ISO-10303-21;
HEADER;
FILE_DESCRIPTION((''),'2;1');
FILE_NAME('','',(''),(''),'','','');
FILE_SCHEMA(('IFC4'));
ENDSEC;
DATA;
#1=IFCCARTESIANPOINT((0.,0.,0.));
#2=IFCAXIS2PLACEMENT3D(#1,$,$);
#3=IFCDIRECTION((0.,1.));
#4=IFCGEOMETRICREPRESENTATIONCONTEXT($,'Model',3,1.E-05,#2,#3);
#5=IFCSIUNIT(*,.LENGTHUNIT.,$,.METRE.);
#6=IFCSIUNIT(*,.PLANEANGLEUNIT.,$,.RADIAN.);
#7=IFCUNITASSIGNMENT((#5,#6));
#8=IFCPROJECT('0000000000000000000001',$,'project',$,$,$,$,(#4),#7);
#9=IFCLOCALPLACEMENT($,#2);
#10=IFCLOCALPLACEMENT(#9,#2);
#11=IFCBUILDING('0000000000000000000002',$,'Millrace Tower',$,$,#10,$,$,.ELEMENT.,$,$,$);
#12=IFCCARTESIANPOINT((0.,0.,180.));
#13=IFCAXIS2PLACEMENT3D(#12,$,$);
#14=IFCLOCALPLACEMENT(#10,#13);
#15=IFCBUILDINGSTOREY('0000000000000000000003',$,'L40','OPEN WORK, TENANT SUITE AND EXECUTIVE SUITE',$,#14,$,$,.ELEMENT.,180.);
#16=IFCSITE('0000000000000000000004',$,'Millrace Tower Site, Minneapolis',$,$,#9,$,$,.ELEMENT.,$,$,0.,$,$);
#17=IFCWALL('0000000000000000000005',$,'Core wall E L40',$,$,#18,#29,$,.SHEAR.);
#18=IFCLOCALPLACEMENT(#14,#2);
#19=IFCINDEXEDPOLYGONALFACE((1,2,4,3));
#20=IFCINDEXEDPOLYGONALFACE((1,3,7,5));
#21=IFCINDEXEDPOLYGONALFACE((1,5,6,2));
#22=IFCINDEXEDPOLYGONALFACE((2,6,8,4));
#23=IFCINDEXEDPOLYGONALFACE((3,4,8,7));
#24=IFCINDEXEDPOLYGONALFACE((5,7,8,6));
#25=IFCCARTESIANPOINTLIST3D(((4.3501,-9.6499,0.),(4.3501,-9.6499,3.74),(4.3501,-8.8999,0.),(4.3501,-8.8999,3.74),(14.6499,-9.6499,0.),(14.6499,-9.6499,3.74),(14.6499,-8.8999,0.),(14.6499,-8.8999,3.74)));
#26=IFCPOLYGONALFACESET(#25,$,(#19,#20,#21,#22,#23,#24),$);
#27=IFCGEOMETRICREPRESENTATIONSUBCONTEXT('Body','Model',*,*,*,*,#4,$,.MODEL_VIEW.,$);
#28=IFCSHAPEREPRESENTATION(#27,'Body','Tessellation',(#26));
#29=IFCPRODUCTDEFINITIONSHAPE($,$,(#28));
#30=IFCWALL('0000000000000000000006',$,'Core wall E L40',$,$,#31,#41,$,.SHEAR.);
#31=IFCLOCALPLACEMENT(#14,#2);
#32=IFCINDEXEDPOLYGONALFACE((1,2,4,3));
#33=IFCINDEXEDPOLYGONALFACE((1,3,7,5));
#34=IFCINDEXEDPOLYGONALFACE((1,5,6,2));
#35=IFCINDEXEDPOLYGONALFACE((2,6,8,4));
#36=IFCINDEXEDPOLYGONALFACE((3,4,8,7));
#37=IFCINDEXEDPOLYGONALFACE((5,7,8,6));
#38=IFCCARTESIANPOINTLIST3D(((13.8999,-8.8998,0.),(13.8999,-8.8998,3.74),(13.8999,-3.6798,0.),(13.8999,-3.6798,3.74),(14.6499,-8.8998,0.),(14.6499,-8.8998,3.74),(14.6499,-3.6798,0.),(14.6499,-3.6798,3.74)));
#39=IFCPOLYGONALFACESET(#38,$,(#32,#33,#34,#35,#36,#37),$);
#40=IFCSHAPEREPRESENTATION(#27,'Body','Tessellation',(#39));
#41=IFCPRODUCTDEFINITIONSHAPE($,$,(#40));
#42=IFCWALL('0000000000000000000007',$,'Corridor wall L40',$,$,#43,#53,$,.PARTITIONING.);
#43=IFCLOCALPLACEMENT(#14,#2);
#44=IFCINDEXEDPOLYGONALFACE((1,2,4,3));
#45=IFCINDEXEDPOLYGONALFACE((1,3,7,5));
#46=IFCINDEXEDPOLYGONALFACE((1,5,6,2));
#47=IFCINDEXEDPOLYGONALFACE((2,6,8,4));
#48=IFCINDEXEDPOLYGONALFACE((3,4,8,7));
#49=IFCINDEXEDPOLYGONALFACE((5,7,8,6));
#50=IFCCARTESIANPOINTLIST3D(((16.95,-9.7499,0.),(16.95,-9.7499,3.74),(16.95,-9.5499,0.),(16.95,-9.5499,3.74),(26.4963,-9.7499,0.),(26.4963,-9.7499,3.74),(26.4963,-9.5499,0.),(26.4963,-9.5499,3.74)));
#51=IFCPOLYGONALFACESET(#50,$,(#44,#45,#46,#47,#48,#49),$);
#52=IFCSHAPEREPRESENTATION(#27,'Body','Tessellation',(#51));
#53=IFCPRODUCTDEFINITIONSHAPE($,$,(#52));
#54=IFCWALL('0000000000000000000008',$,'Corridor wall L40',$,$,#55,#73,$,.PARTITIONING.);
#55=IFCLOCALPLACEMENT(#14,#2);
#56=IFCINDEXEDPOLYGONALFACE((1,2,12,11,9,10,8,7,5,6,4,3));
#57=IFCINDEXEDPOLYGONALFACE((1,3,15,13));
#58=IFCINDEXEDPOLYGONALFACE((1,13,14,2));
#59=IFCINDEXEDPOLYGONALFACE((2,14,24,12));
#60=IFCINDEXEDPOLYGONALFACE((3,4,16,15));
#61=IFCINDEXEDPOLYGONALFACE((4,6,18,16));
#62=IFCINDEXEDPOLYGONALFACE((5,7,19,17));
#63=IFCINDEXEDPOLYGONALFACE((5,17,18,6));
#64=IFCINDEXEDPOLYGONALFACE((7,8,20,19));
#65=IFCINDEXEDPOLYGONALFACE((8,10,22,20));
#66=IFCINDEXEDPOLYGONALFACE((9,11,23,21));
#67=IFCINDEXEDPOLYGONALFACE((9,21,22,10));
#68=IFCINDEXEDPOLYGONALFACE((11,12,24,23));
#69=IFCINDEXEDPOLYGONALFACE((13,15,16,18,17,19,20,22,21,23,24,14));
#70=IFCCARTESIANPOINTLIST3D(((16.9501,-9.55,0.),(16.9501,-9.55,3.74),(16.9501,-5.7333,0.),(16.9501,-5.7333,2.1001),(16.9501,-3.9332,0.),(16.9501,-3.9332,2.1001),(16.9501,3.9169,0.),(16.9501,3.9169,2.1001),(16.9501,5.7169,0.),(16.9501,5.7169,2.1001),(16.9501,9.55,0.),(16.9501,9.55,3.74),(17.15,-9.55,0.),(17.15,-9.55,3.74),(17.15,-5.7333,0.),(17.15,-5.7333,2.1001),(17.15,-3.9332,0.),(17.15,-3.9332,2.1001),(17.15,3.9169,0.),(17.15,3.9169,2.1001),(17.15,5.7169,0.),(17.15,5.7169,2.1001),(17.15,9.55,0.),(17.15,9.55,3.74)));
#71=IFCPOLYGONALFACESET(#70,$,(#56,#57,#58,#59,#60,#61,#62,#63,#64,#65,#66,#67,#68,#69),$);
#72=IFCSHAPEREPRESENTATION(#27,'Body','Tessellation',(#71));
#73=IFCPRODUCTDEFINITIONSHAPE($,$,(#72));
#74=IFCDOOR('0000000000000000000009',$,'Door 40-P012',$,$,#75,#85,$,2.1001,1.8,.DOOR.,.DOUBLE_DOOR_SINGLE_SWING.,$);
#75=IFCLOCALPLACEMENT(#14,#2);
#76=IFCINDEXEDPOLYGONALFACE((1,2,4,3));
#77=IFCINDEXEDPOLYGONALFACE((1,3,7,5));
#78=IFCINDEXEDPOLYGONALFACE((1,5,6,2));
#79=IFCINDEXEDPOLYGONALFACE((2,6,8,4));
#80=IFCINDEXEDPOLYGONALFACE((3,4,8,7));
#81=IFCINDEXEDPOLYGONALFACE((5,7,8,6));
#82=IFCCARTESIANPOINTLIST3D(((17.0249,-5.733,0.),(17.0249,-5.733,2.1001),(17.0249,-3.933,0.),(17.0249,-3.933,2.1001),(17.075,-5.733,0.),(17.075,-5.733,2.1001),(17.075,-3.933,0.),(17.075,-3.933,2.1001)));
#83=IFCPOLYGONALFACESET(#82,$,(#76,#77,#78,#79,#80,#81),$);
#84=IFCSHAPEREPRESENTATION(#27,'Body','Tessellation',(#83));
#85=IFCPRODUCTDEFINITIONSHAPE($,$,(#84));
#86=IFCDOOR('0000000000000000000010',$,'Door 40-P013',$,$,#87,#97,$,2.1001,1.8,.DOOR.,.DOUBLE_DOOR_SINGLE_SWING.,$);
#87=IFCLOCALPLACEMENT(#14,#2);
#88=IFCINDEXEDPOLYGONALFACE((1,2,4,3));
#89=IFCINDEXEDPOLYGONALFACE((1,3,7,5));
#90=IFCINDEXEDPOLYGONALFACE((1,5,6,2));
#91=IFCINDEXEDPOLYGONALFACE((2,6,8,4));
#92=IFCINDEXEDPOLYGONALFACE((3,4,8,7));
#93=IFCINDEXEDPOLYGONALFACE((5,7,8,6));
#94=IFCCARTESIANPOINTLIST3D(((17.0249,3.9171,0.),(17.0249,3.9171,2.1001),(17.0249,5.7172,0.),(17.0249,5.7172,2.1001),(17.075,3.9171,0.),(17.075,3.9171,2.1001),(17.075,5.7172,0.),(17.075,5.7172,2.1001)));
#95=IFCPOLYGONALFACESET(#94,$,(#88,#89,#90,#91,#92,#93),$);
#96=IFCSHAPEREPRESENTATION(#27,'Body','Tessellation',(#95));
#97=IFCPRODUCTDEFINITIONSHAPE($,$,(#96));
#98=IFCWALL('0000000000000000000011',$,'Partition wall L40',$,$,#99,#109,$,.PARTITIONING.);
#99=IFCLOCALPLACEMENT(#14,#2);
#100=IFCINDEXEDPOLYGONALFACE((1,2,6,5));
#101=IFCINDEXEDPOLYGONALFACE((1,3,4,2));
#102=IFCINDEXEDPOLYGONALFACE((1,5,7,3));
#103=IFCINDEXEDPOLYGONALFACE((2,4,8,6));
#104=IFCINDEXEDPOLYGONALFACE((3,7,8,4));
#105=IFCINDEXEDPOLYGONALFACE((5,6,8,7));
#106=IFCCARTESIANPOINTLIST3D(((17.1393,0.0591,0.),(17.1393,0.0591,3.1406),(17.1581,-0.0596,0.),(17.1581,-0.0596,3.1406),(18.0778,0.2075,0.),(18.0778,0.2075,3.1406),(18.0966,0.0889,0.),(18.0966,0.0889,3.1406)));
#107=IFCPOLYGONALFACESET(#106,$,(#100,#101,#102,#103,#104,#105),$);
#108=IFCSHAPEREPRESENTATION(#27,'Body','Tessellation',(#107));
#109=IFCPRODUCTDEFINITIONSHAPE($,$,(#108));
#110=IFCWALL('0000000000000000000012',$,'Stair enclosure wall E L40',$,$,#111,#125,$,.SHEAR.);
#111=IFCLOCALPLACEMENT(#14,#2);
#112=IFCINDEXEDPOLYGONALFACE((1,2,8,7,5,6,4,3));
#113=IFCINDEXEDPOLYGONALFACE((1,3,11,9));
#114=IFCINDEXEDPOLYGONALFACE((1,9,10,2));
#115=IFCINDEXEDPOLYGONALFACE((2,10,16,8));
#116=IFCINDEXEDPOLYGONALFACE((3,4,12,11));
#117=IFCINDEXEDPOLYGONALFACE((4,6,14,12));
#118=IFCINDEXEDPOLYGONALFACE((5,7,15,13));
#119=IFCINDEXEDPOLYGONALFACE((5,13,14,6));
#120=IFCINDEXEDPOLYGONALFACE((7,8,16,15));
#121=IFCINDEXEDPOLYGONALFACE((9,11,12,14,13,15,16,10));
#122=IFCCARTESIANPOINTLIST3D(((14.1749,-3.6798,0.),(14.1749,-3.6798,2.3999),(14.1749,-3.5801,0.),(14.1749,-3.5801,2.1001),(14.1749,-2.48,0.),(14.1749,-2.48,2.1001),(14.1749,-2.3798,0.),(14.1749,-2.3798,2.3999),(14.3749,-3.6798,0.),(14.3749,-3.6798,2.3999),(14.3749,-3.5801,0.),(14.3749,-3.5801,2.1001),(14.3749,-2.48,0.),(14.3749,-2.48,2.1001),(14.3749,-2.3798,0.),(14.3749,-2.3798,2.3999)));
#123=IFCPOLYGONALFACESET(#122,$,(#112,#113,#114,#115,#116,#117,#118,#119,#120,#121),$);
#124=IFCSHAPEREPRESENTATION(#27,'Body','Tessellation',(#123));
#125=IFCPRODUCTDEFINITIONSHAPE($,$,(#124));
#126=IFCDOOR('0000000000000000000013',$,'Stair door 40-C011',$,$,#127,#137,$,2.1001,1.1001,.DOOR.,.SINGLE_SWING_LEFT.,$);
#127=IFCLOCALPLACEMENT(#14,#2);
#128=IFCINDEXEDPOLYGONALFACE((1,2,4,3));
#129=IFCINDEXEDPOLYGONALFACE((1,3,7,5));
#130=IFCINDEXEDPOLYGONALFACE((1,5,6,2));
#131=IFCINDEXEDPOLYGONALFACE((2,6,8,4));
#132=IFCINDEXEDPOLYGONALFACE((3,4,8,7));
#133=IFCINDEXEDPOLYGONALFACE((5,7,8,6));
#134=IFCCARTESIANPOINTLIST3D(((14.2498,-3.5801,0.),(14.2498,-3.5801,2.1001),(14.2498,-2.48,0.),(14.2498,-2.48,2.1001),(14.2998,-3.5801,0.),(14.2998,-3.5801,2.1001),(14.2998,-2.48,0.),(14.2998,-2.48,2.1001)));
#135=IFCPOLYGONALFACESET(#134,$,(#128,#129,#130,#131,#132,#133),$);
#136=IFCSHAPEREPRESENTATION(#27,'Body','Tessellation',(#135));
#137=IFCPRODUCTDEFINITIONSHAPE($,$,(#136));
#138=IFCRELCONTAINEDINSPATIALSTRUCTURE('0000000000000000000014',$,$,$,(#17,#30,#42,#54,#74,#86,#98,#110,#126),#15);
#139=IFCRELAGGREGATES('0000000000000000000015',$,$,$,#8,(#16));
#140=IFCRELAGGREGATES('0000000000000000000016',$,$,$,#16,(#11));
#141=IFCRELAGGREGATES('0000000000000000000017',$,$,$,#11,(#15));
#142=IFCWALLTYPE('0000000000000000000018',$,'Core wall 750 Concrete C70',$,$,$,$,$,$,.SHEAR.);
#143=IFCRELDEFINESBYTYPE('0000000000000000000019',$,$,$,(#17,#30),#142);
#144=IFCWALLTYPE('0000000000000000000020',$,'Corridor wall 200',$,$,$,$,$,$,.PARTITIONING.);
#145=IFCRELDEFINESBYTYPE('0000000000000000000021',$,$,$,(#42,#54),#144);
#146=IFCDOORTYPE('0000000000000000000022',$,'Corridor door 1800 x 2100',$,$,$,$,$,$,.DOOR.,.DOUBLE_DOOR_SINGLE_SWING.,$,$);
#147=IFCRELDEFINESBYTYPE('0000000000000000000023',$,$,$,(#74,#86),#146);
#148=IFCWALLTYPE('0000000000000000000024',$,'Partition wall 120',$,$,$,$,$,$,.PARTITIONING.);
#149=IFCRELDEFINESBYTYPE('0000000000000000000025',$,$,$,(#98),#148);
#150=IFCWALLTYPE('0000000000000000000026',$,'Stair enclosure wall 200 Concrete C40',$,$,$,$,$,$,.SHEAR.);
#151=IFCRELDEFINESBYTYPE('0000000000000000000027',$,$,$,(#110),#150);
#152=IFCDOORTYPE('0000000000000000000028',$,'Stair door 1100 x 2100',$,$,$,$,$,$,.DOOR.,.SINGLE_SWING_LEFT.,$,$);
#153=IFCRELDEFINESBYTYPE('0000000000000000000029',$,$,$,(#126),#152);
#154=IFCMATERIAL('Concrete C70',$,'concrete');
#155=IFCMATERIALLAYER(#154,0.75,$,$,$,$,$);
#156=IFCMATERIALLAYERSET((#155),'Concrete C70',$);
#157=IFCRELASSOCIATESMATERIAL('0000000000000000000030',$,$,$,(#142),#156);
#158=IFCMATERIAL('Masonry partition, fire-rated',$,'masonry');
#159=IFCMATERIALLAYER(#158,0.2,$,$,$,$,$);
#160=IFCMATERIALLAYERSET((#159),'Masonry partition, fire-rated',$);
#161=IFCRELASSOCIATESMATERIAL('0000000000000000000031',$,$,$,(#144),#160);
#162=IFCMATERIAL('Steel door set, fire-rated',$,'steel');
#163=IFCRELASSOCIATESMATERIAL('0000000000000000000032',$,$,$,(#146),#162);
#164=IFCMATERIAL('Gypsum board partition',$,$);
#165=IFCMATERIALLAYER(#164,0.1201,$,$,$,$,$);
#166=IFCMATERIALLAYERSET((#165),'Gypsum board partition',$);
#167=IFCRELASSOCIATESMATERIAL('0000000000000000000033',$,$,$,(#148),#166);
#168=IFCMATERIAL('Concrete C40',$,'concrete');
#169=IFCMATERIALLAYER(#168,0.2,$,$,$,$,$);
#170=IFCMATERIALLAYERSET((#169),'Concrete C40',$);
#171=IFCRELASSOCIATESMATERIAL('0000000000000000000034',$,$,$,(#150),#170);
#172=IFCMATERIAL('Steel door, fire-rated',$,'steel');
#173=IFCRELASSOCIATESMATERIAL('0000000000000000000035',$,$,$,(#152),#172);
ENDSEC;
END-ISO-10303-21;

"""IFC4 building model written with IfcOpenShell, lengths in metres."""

from ifc_helpers import new_model, si_unit, direction, frame, frame_2d, origin, place, context, subcontext, project, spatial, rectangle, extrude, material, layer, layer_set, type_object, element, fill, save


model = new_model("IFC4")

# Units and contexts
model_context = context("Model", 3, precision=1e-05, world=origin(), true_north=direction((0.0, 1.0)))
body_context = subcontext(model_context, "Body", "Model", "MODEL_VIEW")
ifc_project = project(units=[si_unit("LENGTHUNIT", "METRE"), si_unit("PLANEANGLEUNIT", "RADIAN")], contexts=[model_context])

# Site, building, storey
site_placement = place(None, origin())
site = spatial("IfcSite", under=ifc_project, at=site_placement, Name="Millrace Tower Site, Minneapolis", CompositionType="ELEMENT", RefElevation=0.0)
building_placement = place(site_placement, origin())
building = spatial("IfcBuilding", under=site, at=building_placement, Name="Millrace Tower", CompositionType="ELEMENT")
storey_placement = place(building_placement, frame((0.0, 0.0, 180.0)))
storey = spatial("IfcBuildingStorey", under=building, at=storey_placement, Name="L40", Description="OPEN WORK, TENANT SUITE AND EXECUTIVE SUITE", CompositionType="ELEMENT", Elevation=180.0)

# Walls
ifc_material_1 = material(Name="Concrete C70", Category="concrete")
ifc_layer_1 = layer(ifc_material_1, 0.75)
ifc_layer_set_1 = layer_set([ifc_layer_1], Name="Concrete C70")
wall_type_1 = type_object("IfcWallType", Name="Core wall 750 Concrete C70", PredefinedType="SHEAR", material=ifc_layer_set_1)
wall_1_placement = place(storey_placement, frame((14.6499, -9.2749, 0.0), z_axis=(0.0, 0.0, 1.0), x_axis=(-1.0, 0.0, 0.0)))
element("IfcWall", 1, at=wall_1_placement, inside=storey, type_object=wall_type_1, Name="Core wall E L40", PredefinedType="SHEAR", context=body_context, shape_type="SweptSolid", body=[
    extrude(rectangle(XDim=10.2998, YDim=0.75, at=frame_2d((5.1499, 0.0))), origin(), (0.0, 0.0, 1.0), 3.74),
])
wall_2_placement = place(storey_placement, frame((14.2749, -3.6799, 0.0), z_axis=(0.0, 0.0, 1.0), x_axis=(0.0, -1.0, 0.0)))
element("IfcWall", 2, at=wall_2_placement, inside=storey, type_object=wall_type_1, Name="Core wall E L40", PredefinedType="SHEAR", context=body_context, shape_type="SweptSolid", body=[
    extrude(rectangle(XDim=5.22, YDim=0.75, at=frame_2d((2.6099, 0.0))), origin(), (0.0, 0.0, 1.0), 3.74),
])
ifc_material_2 = material(Name="Masonry partition, fire-rated", Category="masonry")
ifc_layer_2 = layer(ifc_material_2, 0.2)
ifc_layer_set_2 = layer_set([ifc_layer_2], Name="Masonry partition, fire-rated")
wall_type_2 = type_object("IfcWallType", Name="Corridor wall 200", PredefinedType="PARTITIONING", material=ifc_layer_set_2)
wall_3_placement = place(storey_placement, frame((16.95, -9.6499, 0.0), z_axis=(0.0, 0.0, 1.0), x_axis=(1.0, 0.0, 0.0)))
element("IfcWall", 3, at=wall_3_placement, inside=storey, type_object=wall_type_2, Name="Corridor wall L40", PredefinedType="PARTITIONING", context=body_context, shape_type="SweptSolid", body=[
    extrude(rectangle(XDim=9.5464, YDim=0.2, at=frame_2d((4.7732, 0.0))), origin(), (0.0, 0.0, 1.0), 3.74),
])

# Wall, openings, doors
wall_4_placement = place(storey_placement, frame((17.05, -9.55, 0.0), z_axis=(0.0, 0.0, 1.0), x_axis=(0.0, 1.0, 0.0)))
wall_4 = element("IfcWall", 4, at=wall_4_placement, inside=storey, type_object=wall_type_2, Name="Corridor wall L40", PredefinedType="PARTITIONING", context=body_context, shape_type="SweptSolid", body=[
    extrude(rectangle(XDim=19.1001, YDim=0.2, at=frame_2d((9.55, 0.0))), origin(), (0.0, 0.0, 1.0), 3.74),
])
opening_1_placement = place(wall_4_placement, frame((3.8169, 0.0, 0.0)))
opening_1 = element("IfcOpeningElement", 5, at=opening_1_placement, cuts=wall_4, PredefinedType="OPENING", context=body_context, shape_type="SweptSolid", body=[
    extrude(rectangle(XDim=1.8, YDim=2.1001, at=frame_2d((0.8999, 1.05))), frame((0.0, 0.1099, 0.0), z_axis=(0.0, -1.0, 0.0), x_axis=(1.0, 0.0, 0.0)), (0.0, 0.0, 1.0), 0.22),
])
opening_2_placement = place(wall_4_placement, frame((13.467, 0.0, 0.0)))
opening_2 = element("IfcOpeningElement", 6, at=opening_2_placement, cuts=wall_4, PredefinedType="OPENING", context=body_context, shape_type="SweptSolid", body=[
    extrude(rectangle(XDim=1.8, YDim=2.1001, at=frame_2d((0.8999, 1.05))), frame((0.0, 0.1099, 0.0), z_axis=(0.0, -1.0, 0.0), x_axis=(1.0, 0.0, 0.0)), (0.0, 0.0, 1.0), 0.22),
])
ifc_material_3 = material(Name="Steel door set, fire-rated", Category="steel")
door_type_1 = type_object("IfcDoorType", Name="Corridor door 1800 x 2100", OperationType="DOUBLE_DOOR_SINGLE_SWING", PredefinedType="DOOR", material=ifc_material_3)
door_1_placement = place(opening_1_placement, frame((1.8, 0.0, 0.0), z_axis=(0.0, 0.0, 1.0), x_axis=(-1.0, 0.0, 0.0)))
door_1 = element("IfcDoor", 7, at=door_1_placement, inside=storey, type_object=door_type_1, Name="Door 40-P012", OperationType="DOUBLE_DOOR_SINGLE_SWING", OverallHeight=2.1001, OverallWidth=1.8, PredefinedType="DOOR", context=body_context, shape_type="SweptSolid", body=[
    extrude(rectangle(XDim=1.8, YDim=2.1001, at=frame_2d((0.8999, 1.05))), frame((0.0, 0.0249, 0.0), z_axis=(0.0, -1.0, 0.0), x_axis=(1.0, 0.0, 0.0)), (0.0, 0.0, 1.0), 0.05),
])
fill(opening_1, door_1)
door_2_placement = place(opening_2_placement, frame((1.8, 0.0, 0.0), z_axis=(0.0, 0.0, 1.0), x_axis=(-1.0, 0.0, 0.0)))
door_2 = element("IfcDoor", 8, at=door_2_placement, inside=storey, type_object=door_type_1, Name="Door 40-P013", OperationType="DOUBLE_DOOR_SINGLE_SWING", OverallHeight=2.1001, OverallWidth=1.8, PredefinedType="DOOR", context=body_context, shape_type="SweptSolid", body=[
    extrude(rectangle(XDim=1.8, YDim=2.1001, at=frame_2d((0.8999, 1.05))), frame((0.0, 0.0249, 0.0), z_axis=(0.0, -1.0, 0.0), x_axis=(1.0, 0.0, 0.0)), (0.0, 0.0, 1.0), 0.05),
])
fill(opening_2, door_2)

# Wall
ifc_material_4 = material(Name="Gypsum board partition")
ifc_layer_3 = layer(ifc_material_4, 0.1201)
ifc_layer_set_3 = layer_set([ifc_layer_3], Name="Gypsum board partition")
wall_type_3 = type_object("IfcWallType", Name="Partition wall 120", PredefinedType="PARTITIONING", material=ifc_layer_set_3)
wall_5_placement = place(storey_placement, frame((17.1487, -0.0002, 0.0), z_axis=(0.0, 0.0, 1.0), x_axis=(0.987721, 0.156226, 0.0)))
element("IfcWall", 9, at=wall_5_placement, inside=storey, type_object=wall_type_3, Name="Partition wall L40", PredefinedType="PARTITIONING", context=body_context, shape_type="SweptSolid", body=[
    extrude(rectangle(XDim=0.9502, YDim=0.1201, at=frame_2d((0.4751, 0.0))), origin(), (0.0, 0.0, 1.0), 3.1406),
])

# Wall, opening, door
ifc_material_5 = material(Name="Concrete C40", Category="concrete")
ifc_layer_4 = layer(ifc_material_5, 0.2)
ifc_layer_set_4 = layer_set([ifc_layer_4], Name="Concrete C40")
wall_type_4 = type_object("IfcWallType", Name="Stair enclosure wall 200 Concrete C40", PredefinedType="SHEAR", material=ifc_layer_set_4)
wall_6_placement = place(storey_placement, frame((14.2749, -2.3799, 0.0), z_axis=(0.0, 0.0, 1.0), x_axis=(0.0, -1.0, 0.0)))
wall_6 = element("IfcWall", 10, at=wall_6_placement, inside=storey, type_object=wall_type_4, Name="Stair enclosure wall E L40", PredefinedType="SHEAR", context=body_context, shape_type="SweptSolid", body=[
    extrude(rectangle(XDim=1.3, YDim=0.2, at=frame_2d((0.6499, 0.0))), origin(), (0.0, 0.0, 1.0), 2.3999),
])
opening_3_placement = place(wall_6_placement, frame((0.1001, 0.0, 0.0)))
opening_3 = element("IfcOpeningElement", 11, at=opening_3_placement, cuts=wall_6, PredefinedType="OPENING", context=body_context, shape_type="SweptSolid", body=[
    extrude(rectangle(XDim=1.1001, YDim=2.1001, at=frame_2d((0.55, 1.05))), frame((0.0, 0.1099, 0.0), z_axis=(0.0, -1.0, 0.0), x_axis=(1.0, 0.0, 0.0)), (0.0, 0.0, 1.0), 0.22),
])
ifc_material_6 = material(Name="Steel door, fire-rated", Category="steel")
door_type_2 = type_object("IfcDoorType", Name="Stair door 1100 x 2100", OperationType="SINGLE_SWING_LEFT", PredefinedType="DOOR", material=ifc_material_6)
door_3_placement = place(opening_3_placement, origin())
door_3 = element("IfcDoor", 12, at=door_3_placement, inside=storey, type_object=door_type_2, Name="Stair door 40-C011", OperationType="SINGLE_SWING_LEFT", OverallHeight=2.1001, OverallWidth=1.1001, PredefinedType="DOOR", context=body_context, shape_type="SweptSolid", body=[
    extrude(rectangle(XDim=1.1001, YDim=2.1001, at=frame_2d((0.55, 1.05))), frame((0.0, 0.0249, 0.0), z_axis=(0.0, -1.0, 0.0), x_axis=(1.0, 0.0, 0.0)), (0.0, 0.0, 1.0), 0.05),
])
fill(opening_3, door_3)

save(model, "model.ifc")
